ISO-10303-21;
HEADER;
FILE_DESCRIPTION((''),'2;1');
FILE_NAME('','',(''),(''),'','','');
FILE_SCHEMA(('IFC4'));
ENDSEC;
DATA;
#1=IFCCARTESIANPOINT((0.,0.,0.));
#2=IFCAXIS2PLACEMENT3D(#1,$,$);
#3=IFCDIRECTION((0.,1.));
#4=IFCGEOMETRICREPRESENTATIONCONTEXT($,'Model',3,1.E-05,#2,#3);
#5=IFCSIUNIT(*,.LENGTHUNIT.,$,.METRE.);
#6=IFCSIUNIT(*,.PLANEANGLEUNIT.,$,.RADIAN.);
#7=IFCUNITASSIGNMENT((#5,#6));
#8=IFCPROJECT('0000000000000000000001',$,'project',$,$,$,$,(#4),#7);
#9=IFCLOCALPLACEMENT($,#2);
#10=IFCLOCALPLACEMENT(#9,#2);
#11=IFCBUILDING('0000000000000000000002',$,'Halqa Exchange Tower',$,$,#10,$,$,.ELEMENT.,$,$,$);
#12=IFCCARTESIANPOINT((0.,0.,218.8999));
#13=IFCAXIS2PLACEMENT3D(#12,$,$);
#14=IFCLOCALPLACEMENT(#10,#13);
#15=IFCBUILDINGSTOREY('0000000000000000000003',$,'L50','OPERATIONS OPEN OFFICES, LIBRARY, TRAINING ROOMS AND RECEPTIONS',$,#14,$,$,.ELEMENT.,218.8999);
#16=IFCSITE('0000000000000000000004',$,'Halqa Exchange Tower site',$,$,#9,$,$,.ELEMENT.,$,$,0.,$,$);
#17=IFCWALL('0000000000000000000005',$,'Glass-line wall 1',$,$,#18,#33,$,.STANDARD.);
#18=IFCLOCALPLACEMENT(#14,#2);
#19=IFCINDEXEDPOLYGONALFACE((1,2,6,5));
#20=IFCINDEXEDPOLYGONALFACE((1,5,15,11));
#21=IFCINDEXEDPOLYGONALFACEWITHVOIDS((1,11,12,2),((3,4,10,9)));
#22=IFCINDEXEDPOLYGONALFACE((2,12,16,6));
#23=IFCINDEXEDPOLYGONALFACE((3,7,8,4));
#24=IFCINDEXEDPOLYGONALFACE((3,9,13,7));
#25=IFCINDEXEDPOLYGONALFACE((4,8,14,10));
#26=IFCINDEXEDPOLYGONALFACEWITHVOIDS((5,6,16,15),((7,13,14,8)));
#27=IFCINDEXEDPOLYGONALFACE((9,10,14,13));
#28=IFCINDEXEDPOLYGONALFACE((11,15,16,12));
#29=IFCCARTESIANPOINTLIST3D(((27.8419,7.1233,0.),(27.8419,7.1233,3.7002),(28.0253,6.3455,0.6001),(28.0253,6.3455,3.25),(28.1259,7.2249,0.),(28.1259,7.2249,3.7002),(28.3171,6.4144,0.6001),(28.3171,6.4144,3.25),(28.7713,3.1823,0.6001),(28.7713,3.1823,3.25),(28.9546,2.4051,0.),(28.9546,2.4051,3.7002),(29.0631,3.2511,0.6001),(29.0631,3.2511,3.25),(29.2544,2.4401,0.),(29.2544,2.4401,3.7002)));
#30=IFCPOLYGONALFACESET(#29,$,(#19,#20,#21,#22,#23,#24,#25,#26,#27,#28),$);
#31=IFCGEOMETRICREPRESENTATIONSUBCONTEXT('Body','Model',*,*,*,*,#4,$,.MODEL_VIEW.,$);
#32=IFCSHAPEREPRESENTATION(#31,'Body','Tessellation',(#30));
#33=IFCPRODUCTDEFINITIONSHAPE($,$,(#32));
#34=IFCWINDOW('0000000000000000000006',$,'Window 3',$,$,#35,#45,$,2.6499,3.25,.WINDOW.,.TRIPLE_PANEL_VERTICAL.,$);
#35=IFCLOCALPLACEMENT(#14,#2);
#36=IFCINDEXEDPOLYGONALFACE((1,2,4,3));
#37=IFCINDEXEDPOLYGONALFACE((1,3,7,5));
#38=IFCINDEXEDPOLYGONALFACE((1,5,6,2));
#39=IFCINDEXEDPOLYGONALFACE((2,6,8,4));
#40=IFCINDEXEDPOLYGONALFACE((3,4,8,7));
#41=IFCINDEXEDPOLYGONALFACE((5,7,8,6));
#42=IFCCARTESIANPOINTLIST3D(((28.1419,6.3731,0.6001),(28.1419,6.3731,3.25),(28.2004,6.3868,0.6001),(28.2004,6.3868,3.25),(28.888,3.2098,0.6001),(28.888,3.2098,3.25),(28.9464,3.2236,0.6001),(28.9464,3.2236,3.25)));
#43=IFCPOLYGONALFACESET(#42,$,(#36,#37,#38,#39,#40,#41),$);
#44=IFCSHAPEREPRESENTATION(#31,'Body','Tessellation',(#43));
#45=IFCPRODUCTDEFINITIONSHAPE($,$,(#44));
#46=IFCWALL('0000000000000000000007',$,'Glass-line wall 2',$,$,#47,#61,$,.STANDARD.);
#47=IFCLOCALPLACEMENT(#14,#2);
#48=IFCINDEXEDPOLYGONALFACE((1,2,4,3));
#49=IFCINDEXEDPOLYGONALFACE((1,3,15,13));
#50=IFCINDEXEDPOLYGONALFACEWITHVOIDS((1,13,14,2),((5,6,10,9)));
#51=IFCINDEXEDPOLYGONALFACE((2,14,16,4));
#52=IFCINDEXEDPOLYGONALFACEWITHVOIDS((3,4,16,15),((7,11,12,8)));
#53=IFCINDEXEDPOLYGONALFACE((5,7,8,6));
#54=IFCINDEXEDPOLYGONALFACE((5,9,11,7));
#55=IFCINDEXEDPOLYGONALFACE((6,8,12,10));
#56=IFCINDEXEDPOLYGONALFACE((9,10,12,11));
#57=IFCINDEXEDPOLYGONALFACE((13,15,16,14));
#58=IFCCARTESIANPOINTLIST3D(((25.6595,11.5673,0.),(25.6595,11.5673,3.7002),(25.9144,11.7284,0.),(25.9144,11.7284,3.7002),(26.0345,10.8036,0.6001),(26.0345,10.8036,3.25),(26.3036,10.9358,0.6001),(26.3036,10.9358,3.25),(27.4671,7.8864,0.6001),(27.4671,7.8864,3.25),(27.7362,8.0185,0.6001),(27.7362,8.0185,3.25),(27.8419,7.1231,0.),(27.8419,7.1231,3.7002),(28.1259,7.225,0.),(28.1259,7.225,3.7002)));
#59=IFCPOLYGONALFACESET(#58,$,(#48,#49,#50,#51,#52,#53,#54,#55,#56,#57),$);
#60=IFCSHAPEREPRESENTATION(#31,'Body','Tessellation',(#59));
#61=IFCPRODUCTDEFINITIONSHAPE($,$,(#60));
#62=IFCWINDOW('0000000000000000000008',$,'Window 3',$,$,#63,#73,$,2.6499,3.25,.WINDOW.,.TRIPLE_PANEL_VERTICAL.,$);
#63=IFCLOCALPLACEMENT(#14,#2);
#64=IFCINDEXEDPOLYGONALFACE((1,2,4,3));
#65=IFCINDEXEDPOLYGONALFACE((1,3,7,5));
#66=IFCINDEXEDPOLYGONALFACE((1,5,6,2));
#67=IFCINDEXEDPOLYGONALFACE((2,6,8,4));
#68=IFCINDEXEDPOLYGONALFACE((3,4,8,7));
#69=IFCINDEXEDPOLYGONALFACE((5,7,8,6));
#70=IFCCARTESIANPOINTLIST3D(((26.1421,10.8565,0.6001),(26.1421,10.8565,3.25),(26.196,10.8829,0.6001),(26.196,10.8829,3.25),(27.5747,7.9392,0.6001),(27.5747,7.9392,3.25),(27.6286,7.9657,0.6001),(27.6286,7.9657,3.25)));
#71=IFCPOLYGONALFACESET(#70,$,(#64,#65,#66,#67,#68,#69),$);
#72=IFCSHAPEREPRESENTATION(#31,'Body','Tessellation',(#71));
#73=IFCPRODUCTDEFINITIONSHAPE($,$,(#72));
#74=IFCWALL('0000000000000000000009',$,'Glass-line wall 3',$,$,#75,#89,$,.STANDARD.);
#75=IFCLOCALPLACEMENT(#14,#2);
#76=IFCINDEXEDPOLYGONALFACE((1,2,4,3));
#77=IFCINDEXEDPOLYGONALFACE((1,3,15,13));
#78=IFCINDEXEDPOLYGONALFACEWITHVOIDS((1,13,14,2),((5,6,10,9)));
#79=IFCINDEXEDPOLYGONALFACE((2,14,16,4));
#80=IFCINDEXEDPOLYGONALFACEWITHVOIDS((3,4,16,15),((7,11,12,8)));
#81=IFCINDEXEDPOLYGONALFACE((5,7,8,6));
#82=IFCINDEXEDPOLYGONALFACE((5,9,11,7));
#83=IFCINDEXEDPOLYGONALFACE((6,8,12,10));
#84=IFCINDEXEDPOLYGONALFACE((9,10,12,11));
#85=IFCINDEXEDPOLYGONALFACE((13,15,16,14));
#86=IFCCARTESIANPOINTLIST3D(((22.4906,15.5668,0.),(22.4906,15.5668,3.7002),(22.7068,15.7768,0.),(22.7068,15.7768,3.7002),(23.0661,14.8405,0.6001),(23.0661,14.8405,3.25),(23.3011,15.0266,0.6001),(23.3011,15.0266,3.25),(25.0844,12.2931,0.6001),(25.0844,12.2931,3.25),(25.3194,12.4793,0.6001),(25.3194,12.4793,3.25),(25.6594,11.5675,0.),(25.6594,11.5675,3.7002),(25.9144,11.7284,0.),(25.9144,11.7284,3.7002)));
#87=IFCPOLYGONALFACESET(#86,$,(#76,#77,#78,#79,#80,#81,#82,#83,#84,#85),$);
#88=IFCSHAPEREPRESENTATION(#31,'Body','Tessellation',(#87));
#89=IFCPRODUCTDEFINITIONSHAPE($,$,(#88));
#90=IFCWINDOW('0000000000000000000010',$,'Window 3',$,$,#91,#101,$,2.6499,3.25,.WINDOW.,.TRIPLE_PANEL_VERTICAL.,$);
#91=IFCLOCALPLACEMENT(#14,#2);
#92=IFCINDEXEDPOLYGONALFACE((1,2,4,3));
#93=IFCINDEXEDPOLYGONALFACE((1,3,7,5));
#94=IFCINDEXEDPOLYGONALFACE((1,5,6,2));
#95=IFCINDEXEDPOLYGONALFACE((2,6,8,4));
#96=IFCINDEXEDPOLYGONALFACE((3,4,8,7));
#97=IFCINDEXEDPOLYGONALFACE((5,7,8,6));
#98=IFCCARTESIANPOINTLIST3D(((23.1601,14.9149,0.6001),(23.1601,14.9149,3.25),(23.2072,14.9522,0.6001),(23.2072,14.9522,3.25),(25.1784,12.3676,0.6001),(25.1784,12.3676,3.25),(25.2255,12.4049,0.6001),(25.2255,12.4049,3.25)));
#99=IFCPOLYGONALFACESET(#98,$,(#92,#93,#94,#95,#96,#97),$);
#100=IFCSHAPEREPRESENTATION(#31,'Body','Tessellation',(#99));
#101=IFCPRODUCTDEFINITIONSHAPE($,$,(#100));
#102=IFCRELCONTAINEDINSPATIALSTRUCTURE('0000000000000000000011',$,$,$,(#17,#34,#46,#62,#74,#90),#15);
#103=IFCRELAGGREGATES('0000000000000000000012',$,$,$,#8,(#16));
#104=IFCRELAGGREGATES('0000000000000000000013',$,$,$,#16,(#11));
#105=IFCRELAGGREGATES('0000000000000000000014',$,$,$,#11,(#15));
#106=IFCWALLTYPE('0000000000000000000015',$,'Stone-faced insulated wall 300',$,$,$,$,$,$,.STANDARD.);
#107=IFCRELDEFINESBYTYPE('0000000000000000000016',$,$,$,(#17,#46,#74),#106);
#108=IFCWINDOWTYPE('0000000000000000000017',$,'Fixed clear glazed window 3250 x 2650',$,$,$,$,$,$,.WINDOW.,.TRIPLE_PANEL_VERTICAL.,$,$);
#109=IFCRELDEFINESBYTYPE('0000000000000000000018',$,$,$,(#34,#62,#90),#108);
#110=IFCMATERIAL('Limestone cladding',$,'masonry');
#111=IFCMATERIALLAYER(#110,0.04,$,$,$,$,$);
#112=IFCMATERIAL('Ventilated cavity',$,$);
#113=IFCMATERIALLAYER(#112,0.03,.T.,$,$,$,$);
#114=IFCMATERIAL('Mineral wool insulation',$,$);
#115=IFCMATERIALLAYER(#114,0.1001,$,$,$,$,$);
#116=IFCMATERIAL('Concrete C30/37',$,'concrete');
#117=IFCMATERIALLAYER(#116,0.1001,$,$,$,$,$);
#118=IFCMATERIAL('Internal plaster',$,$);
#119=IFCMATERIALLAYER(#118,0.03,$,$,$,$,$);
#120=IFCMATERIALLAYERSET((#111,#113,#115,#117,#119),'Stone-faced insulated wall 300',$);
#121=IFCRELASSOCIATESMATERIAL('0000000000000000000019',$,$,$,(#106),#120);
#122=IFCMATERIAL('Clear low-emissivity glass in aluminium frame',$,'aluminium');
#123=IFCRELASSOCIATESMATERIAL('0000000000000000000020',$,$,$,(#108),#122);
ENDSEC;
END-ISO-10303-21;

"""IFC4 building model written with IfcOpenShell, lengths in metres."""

from ifc_helpers import new_model, si_unit, direction, frame, frame_2d, origin, place, context, subcontext, project, spatial, polyline, rectangle, outline, extrude, material, layer, layer_set, type_object, element, fill, save


model = new_model("IFC4")

# Units and contexts
model_context = context("Model", 3, precision=1e-05, world=origin(), true_north=direction((0.0, 1.0)))
body_context = subcontext(model_context, "Body", "Model", "MODEL_VIEW")
ifc_project = project(units=[si_unit("LENGTHUNIT", "METRE"), si_unit("PLANEANGLEUNIT", "RADIAN")], contexts=[model_context])

# Site, building, storey
site_placement = place(None, origin())
site = spatial("IfcSite", under=ifc_project, at=site_placement, Name="Halqa Exchange Tower site", CompositionType="ELEMENT", RefElevation=0.0)
building_placement = place(site_placement, origin())
building = spatial("IfcBuilding", under=site, at=building_placement, Name="Halqa Exchange Tower", CompositionType="ELEMENT")
storey_placement = place(building_placement, frame((0.0, 0.0, 218.8999)))
storey = spatial("IfcBuildingStorey", under=building, at=storey_placement, Name="L50", Description="OPERATIONS OPEN OFFICES, LIBRARY, TRAINING ROOMS AND RECEPTIONS", CompositionType="ELEMENT", Elevation=218.8999)

# Walls, openings, windows
ifc_material_1 = material(Name="Limestone cladding", Category="masonry")
ifc_layer_1 = layer(ifc_material_1, 0.04)
ifc_material_2 = material(Name="Ventilated cavity")
ifc_layer_2 = layer(ifc_material_2, 0.03, ventilated=True)
ifc_material_3 = material(Name="Mineral wool insulation")
ifc_layer_3 = layer(ifc_material_3, 0.1001)
ifc_material_4 = material(Name="Concrete C30/37", Category="concrete")
ifc_layer_4 = layer(ifc_material_4, 0.1001)
ifc_material_5 = material(Name="Internal plaster")
ifc_layer_5 = layer(ifc_material_5, 0.03)
ifc_layer_set_1 = layer_set([ifc_layer_1, ifc_layer_2, ifc_layer_3, ifc_layer_4, ifc_layer_5], Name="Stone-faced insulated wall 300")
wall_type_1 = type_object("IfcWallType", Name="Stone-faced insulated wall 300", PredefinedType="STANDARD", material=ifc_layer_set_1)
wall_1_placement = place(storey_placement, frame((29.1045, 2.4226, 0.0), z_axis=(0.0, 0.0, 1.0), x_axis=(-0.229547, 0.973298, 0.0)))
wall_1 = element("IfcWall", 1, at=wall_1_placement, inside=storey, type_object=wall_type_1, Name="Glass-line wall 1", PredefinedType="STANDARD", context=body_context, shape_type="SweptSolid", body=[
    extrude(outline(polyline([(-0.0173, -0.1499), (4.8987, -0.1499), (4.865, 0.1499), (0.0173, 0.1499), (-0.0173, -0.1499)])), origin(), (0.0, 0.0, 1.0), 3.7002),
])
opening_1_placement = place(wall_1_placement, frame((0.8159, 0.0, 0.6001)))
opening_1 = element("IfcOpeningElement", 2, at=opening_1_placement, cuts=wall_1, PredefinedType="OPENING", context=body_context, shape_type="SweptSolid", body=[
    extrude(rectangle(XDim=3.25, YDim=2.6499, at=frame_2d((1.625, 1.325))), frame((0.0, 0.1621, 0.0), z_axis=(0.0, -1.0, 0.0), x_axis=(1.0, 0.0, 0.0)), (0.0, 0.0, 1.0), 0.324),
])
ifc_material_6 = material(Name="Clear low-emissivity glass in aluminium frame", Category="aluminium")
window_type = type_object("IfcWindowType", Name="Fixed clear glazed window 3250 x 2650", PartitioningType="TRIPLE_PANEL_VERTICAL", PredefinedType="WINDOW", material=ifc_material_6)
window_1_placement = place(opening_1_placement, origin())
window_1 = element("IfcWindow", 3, at=window_1_placement, inside=storey, type_object=window_type, Name="Window 3", OverallHeight=2.6499, OverallWidth=3.25, PartitioningType="TRIPLE_PANEL_VERTICAL", PredefinedType="WINDOW", context=body_context, shape_type="SweptSolid", body=[
    extrude(rectangle(XDim=3.25, YDim=2.6499, at=frame_2d((1.625, 1.325))), frame((0.0, 0.03, 0.0), z_axis=(0.0, -1.0, 0.0), x_axis=(1.0, 0.0, 0.0)), (0.0, 0.0, 1.0), 0.0601),
])
fill(opening_1, window_1)
wall_2_placement = place(storey_placement, frame((27.9839, 7.1741, 0.0), z_axis=(0.0, 0.0, 1.0), x_axis=(-0.440795, 0.897608, 0.0)))
wall_2 = element("IfcWall", 4, at=wall_2_placement, inside=storey, type_object=wall_type_1, Name="Glass-line wall 2", PredefinedType="STANDARD", context=body_context, shape_type="SweptSolid", body=[
    extrude(outline(polyline([(-0.0168, -0.1499), (5.0002, -0.1499), (4.968, 0.1499), (0.0168, 0.1499), (-0.0168, -0.1499)])), origin(), (0.0, 0.0, 1.0), 3.7002),
])
opening_2_placement = place(wall_2_placement, frame((0.8672, 0.0, 0.6001)))
opening_2 = element("IfcOpeningElement", 5, at=opening_2_placement, cuts=wall_2, PredefinedType="OPENING", context=body_context, shape_type="SweptSolid", body=[
    extrude(rectangle(XDim=3.25, YDim=2.6499, at=frame_2d((1.625, 1.325))), frame((0.0, 0.1621, 0.0), z_axis=(0.0, -1.0, 0.0), x_axis=(1.0, 0.0, 0.0)), (0.0, 0.0, 1.0), 0.324),
])
window_2_placement = place(opening_2_placement, origin())
window_2 = element("IfcWindow", 6, at=window_2_placement, inside=storey, type_object=window_type, Name="Window 3", OverallHeight=2.6499, OverallWidth=3.25, PartitioningType="TRIPLE_PANEL_VERTICAL", PredefinedType="WINDOW", context=body_context, shape_type="SweptSolid", body=[
    extrude(rectangle(XDim=3.25, YDim=2.6499, at=frame_2d((1.625, 1.325))), frame((0.0, 0.03, 0.0), z_axis=(0.0, -1.0, 0.0), x_axis=(1.0, 0.0, 0.0)), (0.0, 0.0, 1.0), 0.0601),
])
fill(opening_2, window_2)
wall_3_placement = place(storey_placement, frame((25.7869, 11.6479, 0.0), z_axis=(0.0, 0.0, 1.0), x_axis=(-0.621017, 0.783797, 0.0)))
wall_3 = element("IfcWall", 7, at=wall_3_placement, inside=storey, type_object=wall_type_1, Name="Glass-line wall 3", PredefinedType="STANDARD", context=body_context, shape_type="SweptSolid", body=[
    extrude(outline(polyline([(-0.0161, -0.1499), (5.1489, -0.1499), (5.1187, 0.1499), (0.0161, 0.1499), (-0.0161, -0.1499)])), origin(), (0.0, 0.0, 1.0), 3.7002),
])
opening_3_placement = place(wall_3_placement, frame((0.9419, 0.0, 0.6001)))
opening_3 = element("IfcOpeningElement", 8, at=opening_3_placement, cuts=wall_3, PredefinedType="OPENING", context=body_context, shape_type="SweptSolid", body=[
    extrude(rectangle(XDim=3.25, YDim=2.6499, at=frame_2d((1.625, 1.325))), frame((0.0, 0.1621, 0.0), z_axis=(0.0, -1.0, 0.0), x_axis=(1.0, 0.0, 0.0)), (0.0, 0.0, 1.0), 0.324),
])
window_3_placement = place(opening_3_placement, origin())
window_3 = element("IfcWindow", 9, at=window_3_placement, inside=storey, type_object=window_type, Name="Window 3", OverallHeight=2.6499, OverallWidth=3.25, PartitioningType="TRIPLE_PANEL_VERTICAL", PredefinedType="WINDOW", context=body_context, shape_type="SweptSolid", body=[
    extrude(rectangle(XDim=3.25, YDim=2.6499, at=frame_2d((1.625, 1.325))), frame((0.0, 0.03, 0.0), z_axis=(0.0, -1.0, 0.0), x_axis=(1.0, 0.0, 0.0)), (0.0, 0.0, 1.0), 0.0601),
])
fill(opening_3, window_3)

save(model, "model.ifc")
